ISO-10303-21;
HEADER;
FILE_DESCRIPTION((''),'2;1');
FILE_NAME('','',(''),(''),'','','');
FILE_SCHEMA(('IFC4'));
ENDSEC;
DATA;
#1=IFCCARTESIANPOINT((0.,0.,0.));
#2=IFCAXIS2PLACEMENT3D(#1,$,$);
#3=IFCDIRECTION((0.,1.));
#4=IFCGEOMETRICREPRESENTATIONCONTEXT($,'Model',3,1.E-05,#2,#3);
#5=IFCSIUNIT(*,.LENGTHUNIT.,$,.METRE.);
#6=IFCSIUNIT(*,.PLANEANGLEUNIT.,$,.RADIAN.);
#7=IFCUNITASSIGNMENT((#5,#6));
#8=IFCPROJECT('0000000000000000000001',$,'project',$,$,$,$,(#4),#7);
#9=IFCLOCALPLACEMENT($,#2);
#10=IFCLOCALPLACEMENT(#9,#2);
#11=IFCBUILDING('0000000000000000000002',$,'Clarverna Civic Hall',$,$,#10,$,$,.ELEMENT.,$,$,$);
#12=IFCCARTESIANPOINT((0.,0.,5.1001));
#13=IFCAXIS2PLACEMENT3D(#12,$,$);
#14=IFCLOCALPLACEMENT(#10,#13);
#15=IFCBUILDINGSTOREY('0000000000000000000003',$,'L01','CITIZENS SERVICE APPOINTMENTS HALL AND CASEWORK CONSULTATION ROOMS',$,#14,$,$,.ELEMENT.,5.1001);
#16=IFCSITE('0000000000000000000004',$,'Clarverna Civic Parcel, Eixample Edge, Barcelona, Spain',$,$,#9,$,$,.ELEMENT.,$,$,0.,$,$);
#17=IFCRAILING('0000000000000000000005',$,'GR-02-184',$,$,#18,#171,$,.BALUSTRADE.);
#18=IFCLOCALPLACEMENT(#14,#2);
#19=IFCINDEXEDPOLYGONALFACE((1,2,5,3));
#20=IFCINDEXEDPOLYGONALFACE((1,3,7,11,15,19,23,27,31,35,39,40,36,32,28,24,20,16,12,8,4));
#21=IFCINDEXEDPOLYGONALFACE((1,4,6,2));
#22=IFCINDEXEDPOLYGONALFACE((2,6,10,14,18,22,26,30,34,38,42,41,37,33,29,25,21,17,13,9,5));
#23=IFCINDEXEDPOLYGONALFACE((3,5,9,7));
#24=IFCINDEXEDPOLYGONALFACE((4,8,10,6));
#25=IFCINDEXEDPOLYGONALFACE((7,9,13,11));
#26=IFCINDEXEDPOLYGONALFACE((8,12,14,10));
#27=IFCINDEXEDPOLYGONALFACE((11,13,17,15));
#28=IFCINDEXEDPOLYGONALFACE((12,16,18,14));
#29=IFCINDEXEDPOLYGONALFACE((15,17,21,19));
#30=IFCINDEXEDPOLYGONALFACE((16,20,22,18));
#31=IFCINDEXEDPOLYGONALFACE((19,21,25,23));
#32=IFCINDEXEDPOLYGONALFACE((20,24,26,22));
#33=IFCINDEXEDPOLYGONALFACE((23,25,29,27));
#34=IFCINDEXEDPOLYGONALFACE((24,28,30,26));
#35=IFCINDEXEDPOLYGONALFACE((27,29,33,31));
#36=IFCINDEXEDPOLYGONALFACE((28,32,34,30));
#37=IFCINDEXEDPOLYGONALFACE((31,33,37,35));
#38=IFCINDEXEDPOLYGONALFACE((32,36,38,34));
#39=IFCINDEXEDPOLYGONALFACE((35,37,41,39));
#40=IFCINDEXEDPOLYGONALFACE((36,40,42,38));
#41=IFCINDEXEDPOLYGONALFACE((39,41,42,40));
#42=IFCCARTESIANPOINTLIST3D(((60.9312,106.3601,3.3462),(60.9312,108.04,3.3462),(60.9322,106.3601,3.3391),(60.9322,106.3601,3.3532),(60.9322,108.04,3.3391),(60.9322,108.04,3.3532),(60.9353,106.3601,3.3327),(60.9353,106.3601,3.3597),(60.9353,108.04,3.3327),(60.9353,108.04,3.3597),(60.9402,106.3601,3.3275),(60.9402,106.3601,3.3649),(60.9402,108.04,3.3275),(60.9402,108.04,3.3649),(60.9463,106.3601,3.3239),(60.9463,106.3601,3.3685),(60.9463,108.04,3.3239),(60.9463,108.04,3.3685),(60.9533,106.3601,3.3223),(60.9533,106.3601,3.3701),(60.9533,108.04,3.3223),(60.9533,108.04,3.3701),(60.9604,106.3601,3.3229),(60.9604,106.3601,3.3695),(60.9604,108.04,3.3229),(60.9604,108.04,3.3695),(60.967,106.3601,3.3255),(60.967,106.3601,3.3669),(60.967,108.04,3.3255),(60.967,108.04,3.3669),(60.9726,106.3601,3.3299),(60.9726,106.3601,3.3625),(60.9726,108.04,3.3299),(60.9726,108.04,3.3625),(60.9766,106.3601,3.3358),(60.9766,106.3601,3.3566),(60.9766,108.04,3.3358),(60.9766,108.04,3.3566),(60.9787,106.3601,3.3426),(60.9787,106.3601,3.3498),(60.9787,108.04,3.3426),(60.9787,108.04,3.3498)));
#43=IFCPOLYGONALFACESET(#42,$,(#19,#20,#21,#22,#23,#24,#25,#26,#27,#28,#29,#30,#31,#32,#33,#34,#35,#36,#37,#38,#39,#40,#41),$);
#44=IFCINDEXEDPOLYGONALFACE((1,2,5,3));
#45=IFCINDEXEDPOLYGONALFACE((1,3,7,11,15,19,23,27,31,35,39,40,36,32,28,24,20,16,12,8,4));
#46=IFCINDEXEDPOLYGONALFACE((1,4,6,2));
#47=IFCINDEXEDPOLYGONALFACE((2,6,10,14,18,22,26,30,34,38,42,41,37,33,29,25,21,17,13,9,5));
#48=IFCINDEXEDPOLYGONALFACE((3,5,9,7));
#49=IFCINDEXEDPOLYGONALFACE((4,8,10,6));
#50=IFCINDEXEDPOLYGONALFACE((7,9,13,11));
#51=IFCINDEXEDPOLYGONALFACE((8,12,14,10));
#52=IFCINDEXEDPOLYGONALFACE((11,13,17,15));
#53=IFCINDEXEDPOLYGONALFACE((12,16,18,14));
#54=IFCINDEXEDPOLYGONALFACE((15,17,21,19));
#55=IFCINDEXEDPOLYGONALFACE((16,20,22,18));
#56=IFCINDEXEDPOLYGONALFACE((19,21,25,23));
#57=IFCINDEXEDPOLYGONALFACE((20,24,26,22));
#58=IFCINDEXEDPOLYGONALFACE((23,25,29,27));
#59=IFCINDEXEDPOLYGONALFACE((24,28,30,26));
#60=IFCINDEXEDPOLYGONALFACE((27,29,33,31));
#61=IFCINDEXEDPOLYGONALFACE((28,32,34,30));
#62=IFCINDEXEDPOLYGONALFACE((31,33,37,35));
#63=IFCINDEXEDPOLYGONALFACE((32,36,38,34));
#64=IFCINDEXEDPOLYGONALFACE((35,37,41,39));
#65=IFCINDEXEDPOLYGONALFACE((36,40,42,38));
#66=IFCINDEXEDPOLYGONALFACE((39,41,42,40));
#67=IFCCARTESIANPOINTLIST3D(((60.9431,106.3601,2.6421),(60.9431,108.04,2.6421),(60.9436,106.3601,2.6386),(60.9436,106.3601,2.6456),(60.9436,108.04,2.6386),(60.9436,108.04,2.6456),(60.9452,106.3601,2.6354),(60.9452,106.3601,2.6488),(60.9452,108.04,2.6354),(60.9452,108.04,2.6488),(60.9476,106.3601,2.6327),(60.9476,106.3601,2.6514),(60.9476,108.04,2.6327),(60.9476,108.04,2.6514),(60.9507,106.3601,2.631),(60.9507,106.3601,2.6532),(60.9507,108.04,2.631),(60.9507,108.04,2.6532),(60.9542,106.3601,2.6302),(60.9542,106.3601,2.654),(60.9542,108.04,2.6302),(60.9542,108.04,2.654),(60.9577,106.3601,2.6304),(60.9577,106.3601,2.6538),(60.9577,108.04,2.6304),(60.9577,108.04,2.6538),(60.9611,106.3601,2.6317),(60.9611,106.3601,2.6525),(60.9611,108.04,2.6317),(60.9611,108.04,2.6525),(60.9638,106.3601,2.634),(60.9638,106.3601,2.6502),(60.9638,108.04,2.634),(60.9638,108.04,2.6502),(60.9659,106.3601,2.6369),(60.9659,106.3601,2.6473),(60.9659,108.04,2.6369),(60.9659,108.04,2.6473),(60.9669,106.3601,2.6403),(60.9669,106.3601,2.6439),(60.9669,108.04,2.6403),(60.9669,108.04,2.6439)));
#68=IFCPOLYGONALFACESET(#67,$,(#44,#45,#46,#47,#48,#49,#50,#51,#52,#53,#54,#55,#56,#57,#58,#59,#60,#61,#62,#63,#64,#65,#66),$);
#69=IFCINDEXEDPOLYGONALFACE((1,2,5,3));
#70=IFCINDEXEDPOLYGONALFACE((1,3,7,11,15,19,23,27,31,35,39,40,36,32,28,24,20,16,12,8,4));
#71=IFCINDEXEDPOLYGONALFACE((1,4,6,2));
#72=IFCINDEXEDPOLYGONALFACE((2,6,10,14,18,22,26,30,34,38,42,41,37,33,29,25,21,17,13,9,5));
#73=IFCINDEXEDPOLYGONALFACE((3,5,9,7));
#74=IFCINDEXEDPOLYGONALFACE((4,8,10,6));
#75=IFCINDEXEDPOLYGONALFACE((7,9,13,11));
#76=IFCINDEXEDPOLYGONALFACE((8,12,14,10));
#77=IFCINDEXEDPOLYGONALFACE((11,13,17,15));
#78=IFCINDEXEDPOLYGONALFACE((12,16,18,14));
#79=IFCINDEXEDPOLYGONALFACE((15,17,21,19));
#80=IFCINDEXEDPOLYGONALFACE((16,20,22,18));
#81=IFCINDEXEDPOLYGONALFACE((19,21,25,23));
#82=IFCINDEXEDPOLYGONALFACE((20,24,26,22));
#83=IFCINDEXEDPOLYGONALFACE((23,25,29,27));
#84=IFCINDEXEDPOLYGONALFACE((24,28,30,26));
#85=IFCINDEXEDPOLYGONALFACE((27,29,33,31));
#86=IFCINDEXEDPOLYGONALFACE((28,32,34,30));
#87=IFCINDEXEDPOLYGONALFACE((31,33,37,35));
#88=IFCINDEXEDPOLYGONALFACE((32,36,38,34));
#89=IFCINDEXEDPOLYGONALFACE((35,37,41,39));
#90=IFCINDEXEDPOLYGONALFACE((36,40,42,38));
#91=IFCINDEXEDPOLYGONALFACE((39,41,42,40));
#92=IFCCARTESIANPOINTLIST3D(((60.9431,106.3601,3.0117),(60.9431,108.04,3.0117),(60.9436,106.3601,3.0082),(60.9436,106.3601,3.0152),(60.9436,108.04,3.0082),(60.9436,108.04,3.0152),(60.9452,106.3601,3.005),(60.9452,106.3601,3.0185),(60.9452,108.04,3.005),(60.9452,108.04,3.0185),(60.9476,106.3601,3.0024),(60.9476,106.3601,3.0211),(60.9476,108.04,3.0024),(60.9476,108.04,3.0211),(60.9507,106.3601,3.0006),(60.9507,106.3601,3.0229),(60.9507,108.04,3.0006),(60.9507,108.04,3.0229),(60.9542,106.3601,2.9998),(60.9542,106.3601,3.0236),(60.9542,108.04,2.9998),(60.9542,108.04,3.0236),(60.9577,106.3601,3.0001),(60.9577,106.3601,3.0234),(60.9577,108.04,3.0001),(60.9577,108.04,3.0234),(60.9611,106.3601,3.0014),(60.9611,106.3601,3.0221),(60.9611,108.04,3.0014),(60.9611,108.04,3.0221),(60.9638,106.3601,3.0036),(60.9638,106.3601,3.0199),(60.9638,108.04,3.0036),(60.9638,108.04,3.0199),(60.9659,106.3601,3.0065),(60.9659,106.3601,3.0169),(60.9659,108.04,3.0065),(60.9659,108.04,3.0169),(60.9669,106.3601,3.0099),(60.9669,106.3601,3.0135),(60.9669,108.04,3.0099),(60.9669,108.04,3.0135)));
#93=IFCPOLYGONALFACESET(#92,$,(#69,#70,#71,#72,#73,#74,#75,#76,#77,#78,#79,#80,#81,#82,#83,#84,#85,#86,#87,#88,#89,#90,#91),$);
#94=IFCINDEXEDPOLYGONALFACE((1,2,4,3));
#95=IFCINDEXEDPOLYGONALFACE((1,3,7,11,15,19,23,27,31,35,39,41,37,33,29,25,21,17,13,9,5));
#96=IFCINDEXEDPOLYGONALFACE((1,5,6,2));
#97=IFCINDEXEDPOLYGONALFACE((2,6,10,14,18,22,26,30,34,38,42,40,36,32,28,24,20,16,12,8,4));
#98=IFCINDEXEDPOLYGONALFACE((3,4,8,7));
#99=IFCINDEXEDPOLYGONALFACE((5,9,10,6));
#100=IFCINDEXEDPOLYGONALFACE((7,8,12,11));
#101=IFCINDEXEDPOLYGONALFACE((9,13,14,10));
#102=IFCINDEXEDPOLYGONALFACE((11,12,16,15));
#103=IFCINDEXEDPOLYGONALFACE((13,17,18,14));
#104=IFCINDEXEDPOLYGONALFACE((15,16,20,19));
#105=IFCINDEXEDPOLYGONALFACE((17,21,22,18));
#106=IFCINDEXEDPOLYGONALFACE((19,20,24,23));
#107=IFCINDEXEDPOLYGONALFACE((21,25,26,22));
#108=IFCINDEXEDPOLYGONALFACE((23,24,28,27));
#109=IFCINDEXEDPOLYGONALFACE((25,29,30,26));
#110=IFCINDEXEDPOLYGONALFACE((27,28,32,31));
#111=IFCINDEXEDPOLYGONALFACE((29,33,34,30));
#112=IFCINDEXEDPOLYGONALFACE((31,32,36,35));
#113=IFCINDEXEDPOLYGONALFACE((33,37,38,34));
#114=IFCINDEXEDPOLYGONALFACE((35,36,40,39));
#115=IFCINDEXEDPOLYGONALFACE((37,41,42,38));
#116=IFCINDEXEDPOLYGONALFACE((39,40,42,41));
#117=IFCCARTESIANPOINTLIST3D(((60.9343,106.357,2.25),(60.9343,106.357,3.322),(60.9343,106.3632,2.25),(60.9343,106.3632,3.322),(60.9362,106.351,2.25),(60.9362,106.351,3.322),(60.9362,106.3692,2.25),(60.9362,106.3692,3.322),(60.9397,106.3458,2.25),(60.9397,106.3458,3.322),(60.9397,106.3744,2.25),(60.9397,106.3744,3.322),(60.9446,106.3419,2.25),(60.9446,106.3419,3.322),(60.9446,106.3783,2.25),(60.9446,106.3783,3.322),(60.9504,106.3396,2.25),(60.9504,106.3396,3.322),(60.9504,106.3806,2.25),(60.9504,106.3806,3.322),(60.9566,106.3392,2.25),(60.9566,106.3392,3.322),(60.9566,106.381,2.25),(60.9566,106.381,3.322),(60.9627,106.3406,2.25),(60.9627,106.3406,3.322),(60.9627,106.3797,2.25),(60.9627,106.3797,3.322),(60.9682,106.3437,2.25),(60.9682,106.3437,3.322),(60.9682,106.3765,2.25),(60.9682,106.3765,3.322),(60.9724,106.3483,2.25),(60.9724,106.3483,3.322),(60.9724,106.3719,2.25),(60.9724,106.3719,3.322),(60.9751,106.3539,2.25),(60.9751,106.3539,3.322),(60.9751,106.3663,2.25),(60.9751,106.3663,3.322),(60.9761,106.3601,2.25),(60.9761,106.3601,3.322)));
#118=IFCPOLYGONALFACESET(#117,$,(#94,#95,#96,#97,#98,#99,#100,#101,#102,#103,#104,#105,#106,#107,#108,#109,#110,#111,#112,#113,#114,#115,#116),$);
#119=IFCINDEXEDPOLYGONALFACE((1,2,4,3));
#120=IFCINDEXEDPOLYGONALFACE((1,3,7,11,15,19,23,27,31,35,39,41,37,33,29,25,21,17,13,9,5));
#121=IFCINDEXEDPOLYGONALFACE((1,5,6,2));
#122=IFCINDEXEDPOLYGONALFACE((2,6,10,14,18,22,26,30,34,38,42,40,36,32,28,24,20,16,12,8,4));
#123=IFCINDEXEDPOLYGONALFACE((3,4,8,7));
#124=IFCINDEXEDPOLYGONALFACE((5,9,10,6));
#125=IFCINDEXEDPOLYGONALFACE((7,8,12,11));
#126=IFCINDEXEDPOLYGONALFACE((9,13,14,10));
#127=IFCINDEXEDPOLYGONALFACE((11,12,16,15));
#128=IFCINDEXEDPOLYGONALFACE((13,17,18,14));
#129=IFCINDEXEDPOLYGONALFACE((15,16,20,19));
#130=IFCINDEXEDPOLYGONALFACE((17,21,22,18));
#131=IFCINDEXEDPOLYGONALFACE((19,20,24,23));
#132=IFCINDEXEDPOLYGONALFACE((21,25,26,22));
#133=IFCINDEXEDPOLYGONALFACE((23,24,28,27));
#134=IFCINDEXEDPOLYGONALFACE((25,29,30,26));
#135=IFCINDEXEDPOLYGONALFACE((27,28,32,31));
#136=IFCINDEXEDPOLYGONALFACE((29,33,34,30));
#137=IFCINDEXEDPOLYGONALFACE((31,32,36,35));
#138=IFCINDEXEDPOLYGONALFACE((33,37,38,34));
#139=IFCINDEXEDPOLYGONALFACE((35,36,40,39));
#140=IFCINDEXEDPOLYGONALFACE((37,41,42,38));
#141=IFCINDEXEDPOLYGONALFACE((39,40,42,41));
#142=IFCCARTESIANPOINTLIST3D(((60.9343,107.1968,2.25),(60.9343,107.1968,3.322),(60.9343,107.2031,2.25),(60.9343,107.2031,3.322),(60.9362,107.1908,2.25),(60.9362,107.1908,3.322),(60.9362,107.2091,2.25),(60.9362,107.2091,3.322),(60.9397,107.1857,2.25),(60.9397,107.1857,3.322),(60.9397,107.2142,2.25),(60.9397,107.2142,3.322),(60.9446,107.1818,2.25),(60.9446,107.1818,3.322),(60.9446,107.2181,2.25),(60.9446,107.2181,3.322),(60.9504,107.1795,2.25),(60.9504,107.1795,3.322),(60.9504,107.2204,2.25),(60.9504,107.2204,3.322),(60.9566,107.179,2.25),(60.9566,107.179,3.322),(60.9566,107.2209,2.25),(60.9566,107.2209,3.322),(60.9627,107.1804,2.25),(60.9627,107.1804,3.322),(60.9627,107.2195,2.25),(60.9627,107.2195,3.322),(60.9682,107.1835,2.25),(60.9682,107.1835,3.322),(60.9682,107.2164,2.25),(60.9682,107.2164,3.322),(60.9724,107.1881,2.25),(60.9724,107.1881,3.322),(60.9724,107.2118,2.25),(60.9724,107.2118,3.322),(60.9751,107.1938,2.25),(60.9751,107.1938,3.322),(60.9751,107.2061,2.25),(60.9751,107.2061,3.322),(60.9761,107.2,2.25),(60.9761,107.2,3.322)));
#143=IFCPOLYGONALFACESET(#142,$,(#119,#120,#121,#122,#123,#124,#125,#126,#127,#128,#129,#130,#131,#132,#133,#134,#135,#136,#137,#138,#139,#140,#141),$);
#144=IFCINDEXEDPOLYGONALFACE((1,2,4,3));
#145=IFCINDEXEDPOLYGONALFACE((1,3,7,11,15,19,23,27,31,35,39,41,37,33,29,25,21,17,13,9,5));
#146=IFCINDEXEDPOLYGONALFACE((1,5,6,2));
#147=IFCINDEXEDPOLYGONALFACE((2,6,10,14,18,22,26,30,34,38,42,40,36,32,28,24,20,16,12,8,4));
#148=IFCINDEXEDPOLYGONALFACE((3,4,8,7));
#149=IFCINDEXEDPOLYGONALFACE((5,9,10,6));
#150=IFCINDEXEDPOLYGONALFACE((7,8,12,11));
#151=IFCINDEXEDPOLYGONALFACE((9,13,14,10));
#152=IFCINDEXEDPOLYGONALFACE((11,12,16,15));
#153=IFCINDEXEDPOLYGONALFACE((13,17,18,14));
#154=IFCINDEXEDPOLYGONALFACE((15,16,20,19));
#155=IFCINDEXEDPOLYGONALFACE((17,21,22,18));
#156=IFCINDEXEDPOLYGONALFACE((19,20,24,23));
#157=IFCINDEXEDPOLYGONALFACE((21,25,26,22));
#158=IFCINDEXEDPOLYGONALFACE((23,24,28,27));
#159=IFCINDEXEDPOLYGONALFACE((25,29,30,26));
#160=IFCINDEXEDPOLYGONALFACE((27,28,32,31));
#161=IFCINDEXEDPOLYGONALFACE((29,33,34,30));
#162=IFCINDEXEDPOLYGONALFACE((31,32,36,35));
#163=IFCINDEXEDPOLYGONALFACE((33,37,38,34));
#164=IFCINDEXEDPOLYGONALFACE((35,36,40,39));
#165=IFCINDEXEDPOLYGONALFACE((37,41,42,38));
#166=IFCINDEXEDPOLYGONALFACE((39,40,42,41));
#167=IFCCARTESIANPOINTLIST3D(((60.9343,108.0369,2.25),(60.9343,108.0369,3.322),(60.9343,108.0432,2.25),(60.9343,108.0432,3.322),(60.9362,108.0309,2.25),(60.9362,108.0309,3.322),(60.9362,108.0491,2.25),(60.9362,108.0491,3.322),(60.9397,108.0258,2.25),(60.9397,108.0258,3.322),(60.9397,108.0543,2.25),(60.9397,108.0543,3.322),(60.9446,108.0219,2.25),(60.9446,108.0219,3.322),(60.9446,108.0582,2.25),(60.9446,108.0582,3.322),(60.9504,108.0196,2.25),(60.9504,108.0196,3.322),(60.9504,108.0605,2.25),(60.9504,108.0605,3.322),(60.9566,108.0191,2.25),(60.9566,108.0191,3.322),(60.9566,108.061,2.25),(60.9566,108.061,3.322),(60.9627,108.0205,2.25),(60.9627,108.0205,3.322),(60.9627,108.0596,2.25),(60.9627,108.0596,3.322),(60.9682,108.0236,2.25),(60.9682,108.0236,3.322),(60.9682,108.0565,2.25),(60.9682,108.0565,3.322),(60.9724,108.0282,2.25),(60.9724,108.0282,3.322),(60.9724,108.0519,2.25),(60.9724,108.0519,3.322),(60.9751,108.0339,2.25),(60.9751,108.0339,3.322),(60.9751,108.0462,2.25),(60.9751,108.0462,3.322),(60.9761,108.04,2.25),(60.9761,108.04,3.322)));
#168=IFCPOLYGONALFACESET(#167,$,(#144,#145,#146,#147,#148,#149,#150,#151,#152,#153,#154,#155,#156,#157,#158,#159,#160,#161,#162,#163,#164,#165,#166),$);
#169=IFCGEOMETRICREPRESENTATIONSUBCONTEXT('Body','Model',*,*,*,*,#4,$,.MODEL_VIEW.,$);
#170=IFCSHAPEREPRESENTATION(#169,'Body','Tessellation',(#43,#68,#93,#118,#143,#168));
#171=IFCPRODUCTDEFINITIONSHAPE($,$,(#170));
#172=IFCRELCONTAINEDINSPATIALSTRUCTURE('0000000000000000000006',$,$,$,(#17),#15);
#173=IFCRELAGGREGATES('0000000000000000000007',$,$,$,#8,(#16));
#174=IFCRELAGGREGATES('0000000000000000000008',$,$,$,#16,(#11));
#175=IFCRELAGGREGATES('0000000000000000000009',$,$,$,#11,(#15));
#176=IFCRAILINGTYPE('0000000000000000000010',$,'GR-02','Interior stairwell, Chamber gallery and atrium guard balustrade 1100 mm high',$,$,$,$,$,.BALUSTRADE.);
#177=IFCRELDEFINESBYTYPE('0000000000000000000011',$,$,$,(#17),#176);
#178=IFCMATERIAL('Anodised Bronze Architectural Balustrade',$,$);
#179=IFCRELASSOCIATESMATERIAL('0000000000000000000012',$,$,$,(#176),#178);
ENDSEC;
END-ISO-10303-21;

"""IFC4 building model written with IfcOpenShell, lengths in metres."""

from ifc_helpers import new_model, si_unit, direction, frame, origin, origin_2d, place, context, subcontext, project, spatial, circle, extrude, material, type_object, element, save


model = new_model("IFC4")

# Units and contexts
model_context = context("Model", 3, precision=1e-05, world=origin(), true_north=direction((0.0, 1.0)))
body_context = subcontext(model_context, "Body", "Model", "MODEL_VIEW")
ifc_project = project(units=[si_unit("LENGTHUNIT", "METRE"), si_unit("PLANEANGLEUNIT", "RADIAN")], contexts=[model_context])

# Site, building, storey
site_placement = place(None, origin())
site = spatial("IfcSite", under=ifc_project, at=site_placement, Name="Clarverna Civic Parcel, Eixample Edge, Barcelona, Spain", CompositionType="ELEMENT", RefElevation=0.0)
building_placement = place(site_placement, origin())
building = spatial("IfcBuilding", under=site, at=building_placement, Name="Clarverna Civic Hall", CompositionType="ELEMENT")
storey_placement = place(building_placement, frame((0.0, 0.0, 5.1001)))
storey = spatial("IfcBuildingStorey", under=building, at=storey_placement, Name="L01", Description="CITIZENS SERVICE APPOINTMENTS HALL AND CASEWORK CONSULTATION ROOMS", CompositionType="ELEMENT", Elevation=5.1001)

# Railing
ifc_material_1 = material(Name="Anodised Bronze Architectural Balustrade")
railing_type_1 = type_object("IfcRailingType", Name="GR-02", Description="Interior stairwell, Chamber gallery and atrium guard balustrade 1100 mm high", PredefinedType="BALUSTRADE", material=ifc_material_1)
railing_1_placement = place(storey_placement, frame((60.9551, 106.3601, 2.25)))
element("IfcRailing", 1, at=railing_1_placement, inside=storey, type_object=railing_type_1, Name="GR-02-184", PredefinedType="BALUSTRADE", context=body_context, shape_type="SweptSolid", body=[
    extrude(circle(Radius=0.0239, at=origin_2d()), frame((0.0, 0.0, 1.0962), z_axis=(0.0, 1.0, 0.0), x_axis=(-1.0, 0.0, 0.0)), (0.0, 0.0, 1.0), 1.6799),
    extrude(circle(Radius=0.012, at=origin_2d()), frame((0.0, 0.0, 0.3921), z_axis=(0.0, 1.0, 0.0), x_axis=(-1.0, 0.0, 0.0)), (0.0, 0.0, 1.0), 1.6799),
    extrude(circle(Radius=0.012, at=origin_2d()), frame((0.0, 0.0, 0.7617), z_axis=(0.0, 1.0, 0.0), x_axis=(-1.0, 0.0, 0.0)), (0.0, 0.0, 1.0), 1.6799),
    extrude(circle(Radius=0.021, at=origin_2d()), origin(), (0.0, 0.0, 1.0), 1.072),
    extrude(circle(Radius=0.021, at=origin_2d()), frame((0.0, 0.8398, 0.0)), (0.0, 0.0, 1.0), 1.072),
    extrude(circle(Radius=0.021, at=origin_2d()), frame((0.0, 1.6799, 0.0)), (0.0, 0.0, 1.0), 1.072),
])

save(model, "model.ifc")
